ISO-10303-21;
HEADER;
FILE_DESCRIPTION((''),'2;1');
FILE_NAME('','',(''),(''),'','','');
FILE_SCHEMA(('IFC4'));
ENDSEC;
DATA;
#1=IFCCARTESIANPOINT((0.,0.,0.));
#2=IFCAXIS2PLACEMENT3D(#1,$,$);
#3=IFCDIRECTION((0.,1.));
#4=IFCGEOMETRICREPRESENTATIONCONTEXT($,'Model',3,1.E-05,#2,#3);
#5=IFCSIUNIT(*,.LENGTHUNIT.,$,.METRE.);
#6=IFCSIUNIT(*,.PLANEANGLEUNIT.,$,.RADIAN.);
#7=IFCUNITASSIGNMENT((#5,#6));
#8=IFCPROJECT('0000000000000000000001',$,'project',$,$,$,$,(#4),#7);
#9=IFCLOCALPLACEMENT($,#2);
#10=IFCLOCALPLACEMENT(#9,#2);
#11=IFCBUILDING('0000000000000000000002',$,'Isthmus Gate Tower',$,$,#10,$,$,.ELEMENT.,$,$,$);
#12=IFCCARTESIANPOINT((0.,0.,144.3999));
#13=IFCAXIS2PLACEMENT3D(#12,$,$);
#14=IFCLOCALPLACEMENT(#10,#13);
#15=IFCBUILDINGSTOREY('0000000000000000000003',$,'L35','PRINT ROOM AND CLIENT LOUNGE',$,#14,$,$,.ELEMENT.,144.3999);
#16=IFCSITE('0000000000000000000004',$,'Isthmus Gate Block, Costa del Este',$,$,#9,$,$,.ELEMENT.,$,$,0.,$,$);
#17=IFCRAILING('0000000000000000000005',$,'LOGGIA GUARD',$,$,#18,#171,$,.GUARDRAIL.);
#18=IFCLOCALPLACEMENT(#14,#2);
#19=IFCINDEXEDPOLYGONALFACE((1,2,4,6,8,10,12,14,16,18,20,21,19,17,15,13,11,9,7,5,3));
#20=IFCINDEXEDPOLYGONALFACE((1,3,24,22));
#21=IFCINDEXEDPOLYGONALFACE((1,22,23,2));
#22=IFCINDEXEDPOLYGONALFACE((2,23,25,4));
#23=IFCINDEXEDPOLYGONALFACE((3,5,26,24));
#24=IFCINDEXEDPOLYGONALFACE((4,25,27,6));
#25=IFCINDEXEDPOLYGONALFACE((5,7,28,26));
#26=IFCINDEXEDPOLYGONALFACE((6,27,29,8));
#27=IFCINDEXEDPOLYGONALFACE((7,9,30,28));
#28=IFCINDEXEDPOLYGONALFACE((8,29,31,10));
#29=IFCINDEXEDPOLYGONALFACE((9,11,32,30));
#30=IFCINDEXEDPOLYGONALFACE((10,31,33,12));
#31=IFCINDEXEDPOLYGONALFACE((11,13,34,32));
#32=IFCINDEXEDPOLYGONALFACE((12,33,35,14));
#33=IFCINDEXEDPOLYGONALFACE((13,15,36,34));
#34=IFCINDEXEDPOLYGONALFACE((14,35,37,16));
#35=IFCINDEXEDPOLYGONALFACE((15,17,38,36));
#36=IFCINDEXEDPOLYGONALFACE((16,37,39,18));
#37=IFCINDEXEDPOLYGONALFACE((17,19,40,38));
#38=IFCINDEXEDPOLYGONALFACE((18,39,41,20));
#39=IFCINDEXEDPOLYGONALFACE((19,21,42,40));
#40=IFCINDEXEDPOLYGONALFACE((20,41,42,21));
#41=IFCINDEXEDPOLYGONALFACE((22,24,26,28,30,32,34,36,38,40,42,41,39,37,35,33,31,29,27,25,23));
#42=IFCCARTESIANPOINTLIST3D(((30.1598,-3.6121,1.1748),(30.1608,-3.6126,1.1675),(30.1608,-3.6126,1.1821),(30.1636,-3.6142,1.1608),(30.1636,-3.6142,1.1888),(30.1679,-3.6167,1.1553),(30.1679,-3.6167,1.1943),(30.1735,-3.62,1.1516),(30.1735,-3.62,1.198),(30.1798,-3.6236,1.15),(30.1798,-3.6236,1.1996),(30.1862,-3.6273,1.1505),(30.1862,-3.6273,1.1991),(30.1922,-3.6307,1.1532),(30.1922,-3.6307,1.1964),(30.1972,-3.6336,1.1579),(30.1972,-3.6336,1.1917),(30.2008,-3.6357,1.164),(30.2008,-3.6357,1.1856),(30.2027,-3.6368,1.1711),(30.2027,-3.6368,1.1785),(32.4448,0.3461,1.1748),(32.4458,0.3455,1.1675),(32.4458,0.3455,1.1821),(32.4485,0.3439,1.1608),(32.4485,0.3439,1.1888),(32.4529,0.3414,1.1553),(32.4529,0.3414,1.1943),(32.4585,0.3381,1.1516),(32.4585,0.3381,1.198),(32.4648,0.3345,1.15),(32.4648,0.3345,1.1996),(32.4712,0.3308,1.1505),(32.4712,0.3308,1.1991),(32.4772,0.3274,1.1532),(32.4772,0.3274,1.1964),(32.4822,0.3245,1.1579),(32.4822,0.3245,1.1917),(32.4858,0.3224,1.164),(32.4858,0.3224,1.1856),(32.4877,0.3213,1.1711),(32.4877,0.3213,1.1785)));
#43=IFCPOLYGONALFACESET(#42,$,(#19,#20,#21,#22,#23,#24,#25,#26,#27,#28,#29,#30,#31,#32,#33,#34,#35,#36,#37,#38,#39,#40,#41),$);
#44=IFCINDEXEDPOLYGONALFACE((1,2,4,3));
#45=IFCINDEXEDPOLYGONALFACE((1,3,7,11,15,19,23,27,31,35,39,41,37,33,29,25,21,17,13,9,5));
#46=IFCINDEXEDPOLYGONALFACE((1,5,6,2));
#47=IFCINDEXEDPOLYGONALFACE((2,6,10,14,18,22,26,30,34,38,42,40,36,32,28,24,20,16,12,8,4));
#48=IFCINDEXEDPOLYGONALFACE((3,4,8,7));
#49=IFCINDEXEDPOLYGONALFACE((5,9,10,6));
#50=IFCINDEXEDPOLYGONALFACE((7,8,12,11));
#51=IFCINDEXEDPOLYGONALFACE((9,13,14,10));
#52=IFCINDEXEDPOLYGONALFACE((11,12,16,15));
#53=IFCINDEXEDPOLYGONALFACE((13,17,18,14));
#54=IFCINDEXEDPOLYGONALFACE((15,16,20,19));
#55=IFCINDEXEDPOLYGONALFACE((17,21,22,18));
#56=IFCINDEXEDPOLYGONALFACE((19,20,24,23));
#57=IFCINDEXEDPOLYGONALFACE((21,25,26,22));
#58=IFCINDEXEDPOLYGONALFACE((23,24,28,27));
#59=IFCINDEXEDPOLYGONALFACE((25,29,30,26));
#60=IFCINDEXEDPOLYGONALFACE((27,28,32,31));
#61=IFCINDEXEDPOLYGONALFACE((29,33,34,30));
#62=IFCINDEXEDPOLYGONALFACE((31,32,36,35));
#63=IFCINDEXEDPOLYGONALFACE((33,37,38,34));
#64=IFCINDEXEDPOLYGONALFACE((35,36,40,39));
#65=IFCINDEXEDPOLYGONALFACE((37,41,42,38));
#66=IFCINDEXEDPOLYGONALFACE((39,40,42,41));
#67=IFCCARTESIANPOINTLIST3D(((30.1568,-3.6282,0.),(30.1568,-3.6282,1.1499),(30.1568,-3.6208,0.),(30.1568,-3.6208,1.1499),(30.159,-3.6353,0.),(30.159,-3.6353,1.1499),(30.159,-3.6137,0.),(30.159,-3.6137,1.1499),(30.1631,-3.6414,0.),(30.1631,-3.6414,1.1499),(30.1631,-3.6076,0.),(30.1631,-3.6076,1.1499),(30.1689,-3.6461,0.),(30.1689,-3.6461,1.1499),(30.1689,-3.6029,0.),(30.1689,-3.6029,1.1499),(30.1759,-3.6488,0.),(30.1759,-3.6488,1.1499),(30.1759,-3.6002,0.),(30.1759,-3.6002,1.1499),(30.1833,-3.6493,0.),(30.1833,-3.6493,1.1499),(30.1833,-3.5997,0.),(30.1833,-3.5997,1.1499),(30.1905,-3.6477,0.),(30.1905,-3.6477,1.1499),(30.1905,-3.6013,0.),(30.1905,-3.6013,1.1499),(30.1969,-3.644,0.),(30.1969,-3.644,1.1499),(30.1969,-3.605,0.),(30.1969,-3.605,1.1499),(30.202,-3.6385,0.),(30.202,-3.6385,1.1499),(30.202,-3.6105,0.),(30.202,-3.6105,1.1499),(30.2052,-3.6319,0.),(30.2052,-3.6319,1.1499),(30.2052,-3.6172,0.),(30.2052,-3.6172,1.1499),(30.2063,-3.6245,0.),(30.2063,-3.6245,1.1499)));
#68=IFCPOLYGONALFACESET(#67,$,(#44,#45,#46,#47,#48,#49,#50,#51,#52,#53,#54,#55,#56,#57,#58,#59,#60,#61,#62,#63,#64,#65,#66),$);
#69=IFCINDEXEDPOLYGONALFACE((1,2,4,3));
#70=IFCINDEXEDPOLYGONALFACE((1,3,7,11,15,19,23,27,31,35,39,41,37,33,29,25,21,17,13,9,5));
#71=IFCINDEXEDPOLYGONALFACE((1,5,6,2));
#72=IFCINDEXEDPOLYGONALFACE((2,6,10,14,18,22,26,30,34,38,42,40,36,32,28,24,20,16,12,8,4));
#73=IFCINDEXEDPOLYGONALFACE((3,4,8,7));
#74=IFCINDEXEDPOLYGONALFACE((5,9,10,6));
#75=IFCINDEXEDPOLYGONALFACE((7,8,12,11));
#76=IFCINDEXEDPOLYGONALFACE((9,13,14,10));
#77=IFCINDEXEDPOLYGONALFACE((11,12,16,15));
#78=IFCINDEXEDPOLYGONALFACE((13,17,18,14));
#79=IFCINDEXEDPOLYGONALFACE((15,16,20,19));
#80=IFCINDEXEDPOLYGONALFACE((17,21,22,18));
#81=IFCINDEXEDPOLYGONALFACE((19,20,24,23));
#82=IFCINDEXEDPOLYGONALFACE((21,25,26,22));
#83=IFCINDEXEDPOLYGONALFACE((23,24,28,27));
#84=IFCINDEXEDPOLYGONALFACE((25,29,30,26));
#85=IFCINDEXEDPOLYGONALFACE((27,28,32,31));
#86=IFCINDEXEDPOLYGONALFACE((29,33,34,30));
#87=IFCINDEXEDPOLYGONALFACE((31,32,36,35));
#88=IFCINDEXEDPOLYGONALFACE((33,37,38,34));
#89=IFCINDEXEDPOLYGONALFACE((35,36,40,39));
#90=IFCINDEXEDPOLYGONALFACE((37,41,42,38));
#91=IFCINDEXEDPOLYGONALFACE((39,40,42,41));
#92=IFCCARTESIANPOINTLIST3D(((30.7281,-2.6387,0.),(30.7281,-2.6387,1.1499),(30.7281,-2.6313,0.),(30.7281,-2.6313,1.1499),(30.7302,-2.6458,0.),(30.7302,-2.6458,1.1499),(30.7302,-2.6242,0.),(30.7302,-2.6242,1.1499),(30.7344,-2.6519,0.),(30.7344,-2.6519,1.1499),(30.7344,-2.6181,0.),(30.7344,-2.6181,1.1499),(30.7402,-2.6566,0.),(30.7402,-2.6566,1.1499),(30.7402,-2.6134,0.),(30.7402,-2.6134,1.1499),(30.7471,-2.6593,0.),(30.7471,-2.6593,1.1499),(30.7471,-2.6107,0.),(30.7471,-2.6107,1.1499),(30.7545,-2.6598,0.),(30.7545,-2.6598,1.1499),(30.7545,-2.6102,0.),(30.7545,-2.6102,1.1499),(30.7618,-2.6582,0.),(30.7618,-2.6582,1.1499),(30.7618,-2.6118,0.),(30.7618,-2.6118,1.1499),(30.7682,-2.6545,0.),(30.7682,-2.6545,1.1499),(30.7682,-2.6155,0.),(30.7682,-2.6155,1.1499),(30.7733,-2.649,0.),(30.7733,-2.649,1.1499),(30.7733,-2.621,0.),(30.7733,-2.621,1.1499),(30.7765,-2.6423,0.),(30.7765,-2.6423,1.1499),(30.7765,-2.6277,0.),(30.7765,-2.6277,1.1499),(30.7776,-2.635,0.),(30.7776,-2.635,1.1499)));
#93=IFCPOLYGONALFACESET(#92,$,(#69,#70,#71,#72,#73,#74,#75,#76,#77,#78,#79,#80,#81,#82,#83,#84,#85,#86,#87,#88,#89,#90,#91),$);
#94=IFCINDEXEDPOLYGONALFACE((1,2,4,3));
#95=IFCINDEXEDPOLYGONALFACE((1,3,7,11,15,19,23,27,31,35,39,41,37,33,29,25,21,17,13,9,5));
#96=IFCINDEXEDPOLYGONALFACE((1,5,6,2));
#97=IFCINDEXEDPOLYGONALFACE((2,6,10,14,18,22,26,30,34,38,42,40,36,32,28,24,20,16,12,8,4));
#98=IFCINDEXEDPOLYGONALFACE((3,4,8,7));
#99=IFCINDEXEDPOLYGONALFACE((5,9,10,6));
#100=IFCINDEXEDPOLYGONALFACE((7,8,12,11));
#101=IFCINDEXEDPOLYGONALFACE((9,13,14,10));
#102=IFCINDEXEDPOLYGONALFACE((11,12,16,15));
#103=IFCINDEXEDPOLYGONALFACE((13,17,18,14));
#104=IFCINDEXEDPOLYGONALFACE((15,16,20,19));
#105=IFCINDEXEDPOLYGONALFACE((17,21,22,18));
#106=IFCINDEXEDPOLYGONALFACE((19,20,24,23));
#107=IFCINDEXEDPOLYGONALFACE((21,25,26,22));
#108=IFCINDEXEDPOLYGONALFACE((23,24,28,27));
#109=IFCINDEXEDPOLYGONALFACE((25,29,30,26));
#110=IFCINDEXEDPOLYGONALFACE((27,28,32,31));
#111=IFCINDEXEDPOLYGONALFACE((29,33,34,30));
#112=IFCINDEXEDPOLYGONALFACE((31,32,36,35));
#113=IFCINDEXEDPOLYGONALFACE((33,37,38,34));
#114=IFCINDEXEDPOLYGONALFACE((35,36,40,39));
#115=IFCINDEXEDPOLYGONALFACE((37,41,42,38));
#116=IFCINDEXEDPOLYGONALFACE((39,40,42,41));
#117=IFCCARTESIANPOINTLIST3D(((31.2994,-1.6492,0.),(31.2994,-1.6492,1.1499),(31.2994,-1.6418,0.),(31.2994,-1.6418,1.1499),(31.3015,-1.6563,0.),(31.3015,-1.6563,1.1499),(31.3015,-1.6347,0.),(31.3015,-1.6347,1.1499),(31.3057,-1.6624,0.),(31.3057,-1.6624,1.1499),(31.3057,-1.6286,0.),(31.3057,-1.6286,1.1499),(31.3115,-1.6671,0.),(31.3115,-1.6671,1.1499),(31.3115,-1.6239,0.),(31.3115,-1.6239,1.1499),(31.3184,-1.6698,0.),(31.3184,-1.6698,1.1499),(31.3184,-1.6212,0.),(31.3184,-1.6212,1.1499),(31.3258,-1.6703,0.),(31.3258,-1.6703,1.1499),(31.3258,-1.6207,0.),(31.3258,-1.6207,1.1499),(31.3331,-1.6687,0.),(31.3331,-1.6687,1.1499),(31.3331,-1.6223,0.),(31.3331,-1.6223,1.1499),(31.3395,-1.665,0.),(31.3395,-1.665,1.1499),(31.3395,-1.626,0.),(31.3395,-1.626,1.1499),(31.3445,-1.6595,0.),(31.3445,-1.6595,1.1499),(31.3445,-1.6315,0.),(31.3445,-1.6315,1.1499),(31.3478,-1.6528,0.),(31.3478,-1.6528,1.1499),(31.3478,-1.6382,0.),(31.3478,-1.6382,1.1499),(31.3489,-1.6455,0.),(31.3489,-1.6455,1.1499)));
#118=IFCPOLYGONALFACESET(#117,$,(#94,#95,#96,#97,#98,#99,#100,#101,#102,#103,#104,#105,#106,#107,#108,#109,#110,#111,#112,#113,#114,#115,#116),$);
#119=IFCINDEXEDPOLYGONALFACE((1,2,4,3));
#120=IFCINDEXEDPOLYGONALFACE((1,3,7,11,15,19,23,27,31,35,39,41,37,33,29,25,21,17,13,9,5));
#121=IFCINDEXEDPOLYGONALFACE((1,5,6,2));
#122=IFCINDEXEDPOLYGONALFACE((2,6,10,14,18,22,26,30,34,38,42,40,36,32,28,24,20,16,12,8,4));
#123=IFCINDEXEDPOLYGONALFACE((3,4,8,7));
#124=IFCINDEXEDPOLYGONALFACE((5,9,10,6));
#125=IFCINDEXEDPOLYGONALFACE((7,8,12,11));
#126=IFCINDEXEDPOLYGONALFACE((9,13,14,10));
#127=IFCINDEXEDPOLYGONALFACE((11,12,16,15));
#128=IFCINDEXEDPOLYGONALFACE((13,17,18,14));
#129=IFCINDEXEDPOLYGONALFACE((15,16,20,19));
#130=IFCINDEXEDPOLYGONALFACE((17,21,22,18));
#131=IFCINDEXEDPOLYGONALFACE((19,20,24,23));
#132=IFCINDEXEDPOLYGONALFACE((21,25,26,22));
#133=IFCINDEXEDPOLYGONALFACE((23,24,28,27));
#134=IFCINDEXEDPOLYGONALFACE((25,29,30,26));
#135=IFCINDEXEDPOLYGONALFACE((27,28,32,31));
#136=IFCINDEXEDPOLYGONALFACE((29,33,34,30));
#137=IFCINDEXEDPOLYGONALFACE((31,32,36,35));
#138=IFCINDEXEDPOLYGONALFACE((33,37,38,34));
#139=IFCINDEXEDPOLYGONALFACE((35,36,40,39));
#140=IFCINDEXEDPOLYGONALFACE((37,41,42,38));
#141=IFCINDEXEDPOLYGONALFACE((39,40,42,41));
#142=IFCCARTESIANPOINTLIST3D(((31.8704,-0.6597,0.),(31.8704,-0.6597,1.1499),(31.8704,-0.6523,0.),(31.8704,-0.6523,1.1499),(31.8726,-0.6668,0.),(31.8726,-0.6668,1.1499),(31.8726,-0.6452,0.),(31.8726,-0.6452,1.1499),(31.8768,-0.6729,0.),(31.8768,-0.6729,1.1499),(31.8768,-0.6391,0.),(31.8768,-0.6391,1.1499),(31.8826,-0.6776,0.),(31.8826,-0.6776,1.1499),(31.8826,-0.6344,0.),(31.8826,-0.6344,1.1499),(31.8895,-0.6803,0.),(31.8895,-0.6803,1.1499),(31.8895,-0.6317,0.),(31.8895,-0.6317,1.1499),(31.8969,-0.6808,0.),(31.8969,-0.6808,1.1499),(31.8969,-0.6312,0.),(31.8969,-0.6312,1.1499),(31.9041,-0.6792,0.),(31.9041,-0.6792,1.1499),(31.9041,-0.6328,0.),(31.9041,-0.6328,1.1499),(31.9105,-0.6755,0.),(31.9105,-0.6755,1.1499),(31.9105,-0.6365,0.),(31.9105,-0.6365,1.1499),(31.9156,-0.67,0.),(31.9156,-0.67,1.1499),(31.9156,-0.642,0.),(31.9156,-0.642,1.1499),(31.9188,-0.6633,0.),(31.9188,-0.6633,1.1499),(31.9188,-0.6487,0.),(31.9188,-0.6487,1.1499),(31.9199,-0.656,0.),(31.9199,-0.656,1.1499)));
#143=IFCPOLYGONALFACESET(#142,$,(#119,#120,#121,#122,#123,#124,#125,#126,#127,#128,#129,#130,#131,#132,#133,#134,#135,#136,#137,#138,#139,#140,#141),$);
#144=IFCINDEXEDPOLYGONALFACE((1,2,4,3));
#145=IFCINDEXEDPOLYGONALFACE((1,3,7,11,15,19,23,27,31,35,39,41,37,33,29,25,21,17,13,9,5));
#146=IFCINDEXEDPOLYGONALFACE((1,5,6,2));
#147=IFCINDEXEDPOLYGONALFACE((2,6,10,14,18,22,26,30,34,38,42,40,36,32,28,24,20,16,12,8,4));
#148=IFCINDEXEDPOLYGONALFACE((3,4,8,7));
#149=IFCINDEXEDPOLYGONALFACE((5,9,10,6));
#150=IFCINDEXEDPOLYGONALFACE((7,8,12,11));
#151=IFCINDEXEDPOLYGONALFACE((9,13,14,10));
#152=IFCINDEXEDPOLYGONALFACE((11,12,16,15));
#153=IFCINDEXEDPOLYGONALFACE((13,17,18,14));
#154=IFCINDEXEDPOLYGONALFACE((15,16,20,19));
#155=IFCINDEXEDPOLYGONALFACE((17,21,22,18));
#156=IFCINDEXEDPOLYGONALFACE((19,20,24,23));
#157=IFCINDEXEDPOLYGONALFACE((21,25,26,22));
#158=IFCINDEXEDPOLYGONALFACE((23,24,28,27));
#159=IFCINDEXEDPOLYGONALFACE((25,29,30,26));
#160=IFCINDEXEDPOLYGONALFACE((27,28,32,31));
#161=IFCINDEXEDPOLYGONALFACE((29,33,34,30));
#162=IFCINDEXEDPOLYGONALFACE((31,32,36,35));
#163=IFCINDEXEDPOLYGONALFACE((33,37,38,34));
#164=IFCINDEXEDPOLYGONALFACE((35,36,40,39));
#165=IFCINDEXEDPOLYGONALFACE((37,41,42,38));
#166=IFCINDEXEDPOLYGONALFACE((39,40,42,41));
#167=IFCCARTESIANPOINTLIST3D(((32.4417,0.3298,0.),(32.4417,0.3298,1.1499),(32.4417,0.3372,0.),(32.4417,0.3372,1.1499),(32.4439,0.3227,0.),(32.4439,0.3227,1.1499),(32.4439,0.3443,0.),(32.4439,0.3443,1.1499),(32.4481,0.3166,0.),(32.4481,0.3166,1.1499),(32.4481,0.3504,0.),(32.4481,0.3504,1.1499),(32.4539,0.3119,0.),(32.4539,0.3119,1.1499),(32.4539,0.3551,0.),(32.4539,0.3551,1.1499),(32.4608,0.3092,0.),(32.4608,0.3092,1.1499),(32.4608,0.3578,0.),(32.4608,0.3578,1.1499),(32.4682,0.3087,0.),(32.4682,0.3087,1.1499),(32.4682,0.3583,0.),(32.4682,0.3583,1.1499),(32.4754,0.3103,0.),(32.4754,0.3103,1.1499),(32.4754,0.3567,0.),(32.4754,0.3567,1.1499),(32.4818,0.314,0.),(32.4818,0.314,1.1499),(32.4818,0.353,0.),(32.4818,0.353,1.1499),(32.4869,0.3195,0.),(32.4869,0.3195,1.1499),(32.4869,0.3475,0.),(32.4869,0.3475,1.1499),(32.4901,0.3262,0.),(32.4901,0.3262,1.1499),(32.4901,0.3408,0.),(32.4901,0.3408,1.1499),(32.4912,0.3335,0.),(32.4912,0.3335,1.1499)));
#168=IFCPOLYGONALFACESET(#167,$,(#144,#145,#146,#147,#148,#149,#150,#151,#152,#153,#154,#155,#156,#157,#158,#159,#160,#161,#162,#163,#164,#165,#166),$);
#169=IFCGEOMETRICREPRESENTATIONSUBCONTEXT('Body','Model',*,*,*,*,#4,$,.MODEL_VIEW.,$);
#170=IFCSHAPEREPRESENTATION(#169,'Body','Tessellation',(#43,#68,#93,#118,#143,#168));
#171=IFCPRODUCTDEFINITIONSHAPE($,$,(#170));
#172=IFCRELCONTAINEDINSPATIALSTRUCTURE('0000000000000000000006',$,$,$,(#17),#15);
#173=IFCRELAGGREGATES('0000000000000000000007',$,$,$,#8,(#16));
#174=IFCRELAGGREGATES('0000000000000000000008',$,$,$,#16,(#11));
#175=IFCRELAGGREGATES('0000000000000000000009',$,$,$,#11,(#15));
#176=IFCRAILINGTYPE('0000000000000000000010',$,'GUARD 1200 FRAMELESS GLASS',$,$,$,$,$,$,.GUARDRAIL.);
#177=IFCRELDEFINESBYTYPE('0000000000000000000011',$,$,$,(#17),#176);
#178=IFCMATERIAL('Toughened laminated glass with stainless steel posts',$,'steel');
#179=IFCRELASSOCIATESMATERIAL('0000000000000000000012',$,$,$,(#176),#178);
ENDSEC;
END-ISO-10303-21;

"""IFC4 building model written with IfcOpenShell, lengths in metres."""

from ifc_helpers import new_model, si_unit, direction, frame, origin, origin_2d, place, context, subcontext, project, spatial, circle, extrude, material, type_object, element, save


model = new_model("IFC4")

# Units and contexts
model_context = context("Model", 3, precision=1e-05, world=origin(), true_north=direction((0.0, 1.0)))
body_context = subcontext(model_context, "Body", "Model", "MODEL_VIEW")
ifc_project = project(units=[si_unit("LENGTHUNIT", "METRE"), si_unit("PLANEANGLEUNIT", "RADIAN")], contexts=[model_context])

# Site, building, storey
site_placement = place(None, origin())
site = spatial("IfcSite", under=ifc_project, at=site_placement, Name="Isthmus Gate Block, Costa del Este", CompositionType="ELEMENT", RefElevation=0.0)
building_placement = place(site_placement, origin())
building = spatial("IfcBuilding", under=site, at=building_placement, Name="Isthmus Gate Tower", CompositionType="ELEMENT")
storey_placement = place(building_placement, frame((0.0, 0.0, 144.3999)))
storey = spatial("IfcBuildingStorey", under=building, at=storey_placement, Name="L35", Description="PRINT ROOM AND CLIENT LOUNGE", CompositionType="ELEMENT", Elevation=144.3999)

# Railing
ifc_material_1 = material(Name="Toughened laminated glass with stainless steel posts", Category="steel")
railing_type = type_object("IfcRailingType", Name="GUARD 1200 FRAMELESS GLASS", PredefinedType="GUARDRAIL", material=ifc_material_1)
railing_placement = place(storey_placement, frame((30.1814, -3.6245, 0.0)))
element("IfcRailing", 1, at=railing_placement, inside=storey, type_object=railing_type, Name="LOGGIA GUARD", PredefinedType="GUARDRAIL", context=body_context, shape_type="SweptSolid", body=[
    extrude(circle(Radius=0.0249, at=origin_2d()), frame((0.0, 0.0, 1.1748), z_axis=(0.49996, 0.866049, 0.0), x_axis=(-0.866049, 0.49996, 0.0)), (0.0, 0.0, 1.0), 4.5703),
    extrude(circle(Radius=0.0249, at=origin_2d()), origin(), (0.0, 0.0, 1.0), 1.1499),
    extrude(circle(Radius=0.0249, at=origin_2d()), frame((0.5713, 0.9895, 0.0)), (0.0, 0.0, 1.0), 1.1499),
    extrude(circle(Radius=0.0249, at=origin_2d()), frame((1.1426, 1.979, 0.0)), (0.0, 0.0, 1.0), 1.1499),
    extrude(circle(Radius=0.0249, at=origin_2d()), frame((1.7136, 2.9685, 0.0)), (0.0, 0.0, 1.0), 1.1499),
    extrude(circle(Radius=0.0249, at=origin_2d()), frame((2.2849, 3.958, 0.0)), (0.0, 0.0, 1.0), 1.1499),
])

save(model, "model.ifc")
